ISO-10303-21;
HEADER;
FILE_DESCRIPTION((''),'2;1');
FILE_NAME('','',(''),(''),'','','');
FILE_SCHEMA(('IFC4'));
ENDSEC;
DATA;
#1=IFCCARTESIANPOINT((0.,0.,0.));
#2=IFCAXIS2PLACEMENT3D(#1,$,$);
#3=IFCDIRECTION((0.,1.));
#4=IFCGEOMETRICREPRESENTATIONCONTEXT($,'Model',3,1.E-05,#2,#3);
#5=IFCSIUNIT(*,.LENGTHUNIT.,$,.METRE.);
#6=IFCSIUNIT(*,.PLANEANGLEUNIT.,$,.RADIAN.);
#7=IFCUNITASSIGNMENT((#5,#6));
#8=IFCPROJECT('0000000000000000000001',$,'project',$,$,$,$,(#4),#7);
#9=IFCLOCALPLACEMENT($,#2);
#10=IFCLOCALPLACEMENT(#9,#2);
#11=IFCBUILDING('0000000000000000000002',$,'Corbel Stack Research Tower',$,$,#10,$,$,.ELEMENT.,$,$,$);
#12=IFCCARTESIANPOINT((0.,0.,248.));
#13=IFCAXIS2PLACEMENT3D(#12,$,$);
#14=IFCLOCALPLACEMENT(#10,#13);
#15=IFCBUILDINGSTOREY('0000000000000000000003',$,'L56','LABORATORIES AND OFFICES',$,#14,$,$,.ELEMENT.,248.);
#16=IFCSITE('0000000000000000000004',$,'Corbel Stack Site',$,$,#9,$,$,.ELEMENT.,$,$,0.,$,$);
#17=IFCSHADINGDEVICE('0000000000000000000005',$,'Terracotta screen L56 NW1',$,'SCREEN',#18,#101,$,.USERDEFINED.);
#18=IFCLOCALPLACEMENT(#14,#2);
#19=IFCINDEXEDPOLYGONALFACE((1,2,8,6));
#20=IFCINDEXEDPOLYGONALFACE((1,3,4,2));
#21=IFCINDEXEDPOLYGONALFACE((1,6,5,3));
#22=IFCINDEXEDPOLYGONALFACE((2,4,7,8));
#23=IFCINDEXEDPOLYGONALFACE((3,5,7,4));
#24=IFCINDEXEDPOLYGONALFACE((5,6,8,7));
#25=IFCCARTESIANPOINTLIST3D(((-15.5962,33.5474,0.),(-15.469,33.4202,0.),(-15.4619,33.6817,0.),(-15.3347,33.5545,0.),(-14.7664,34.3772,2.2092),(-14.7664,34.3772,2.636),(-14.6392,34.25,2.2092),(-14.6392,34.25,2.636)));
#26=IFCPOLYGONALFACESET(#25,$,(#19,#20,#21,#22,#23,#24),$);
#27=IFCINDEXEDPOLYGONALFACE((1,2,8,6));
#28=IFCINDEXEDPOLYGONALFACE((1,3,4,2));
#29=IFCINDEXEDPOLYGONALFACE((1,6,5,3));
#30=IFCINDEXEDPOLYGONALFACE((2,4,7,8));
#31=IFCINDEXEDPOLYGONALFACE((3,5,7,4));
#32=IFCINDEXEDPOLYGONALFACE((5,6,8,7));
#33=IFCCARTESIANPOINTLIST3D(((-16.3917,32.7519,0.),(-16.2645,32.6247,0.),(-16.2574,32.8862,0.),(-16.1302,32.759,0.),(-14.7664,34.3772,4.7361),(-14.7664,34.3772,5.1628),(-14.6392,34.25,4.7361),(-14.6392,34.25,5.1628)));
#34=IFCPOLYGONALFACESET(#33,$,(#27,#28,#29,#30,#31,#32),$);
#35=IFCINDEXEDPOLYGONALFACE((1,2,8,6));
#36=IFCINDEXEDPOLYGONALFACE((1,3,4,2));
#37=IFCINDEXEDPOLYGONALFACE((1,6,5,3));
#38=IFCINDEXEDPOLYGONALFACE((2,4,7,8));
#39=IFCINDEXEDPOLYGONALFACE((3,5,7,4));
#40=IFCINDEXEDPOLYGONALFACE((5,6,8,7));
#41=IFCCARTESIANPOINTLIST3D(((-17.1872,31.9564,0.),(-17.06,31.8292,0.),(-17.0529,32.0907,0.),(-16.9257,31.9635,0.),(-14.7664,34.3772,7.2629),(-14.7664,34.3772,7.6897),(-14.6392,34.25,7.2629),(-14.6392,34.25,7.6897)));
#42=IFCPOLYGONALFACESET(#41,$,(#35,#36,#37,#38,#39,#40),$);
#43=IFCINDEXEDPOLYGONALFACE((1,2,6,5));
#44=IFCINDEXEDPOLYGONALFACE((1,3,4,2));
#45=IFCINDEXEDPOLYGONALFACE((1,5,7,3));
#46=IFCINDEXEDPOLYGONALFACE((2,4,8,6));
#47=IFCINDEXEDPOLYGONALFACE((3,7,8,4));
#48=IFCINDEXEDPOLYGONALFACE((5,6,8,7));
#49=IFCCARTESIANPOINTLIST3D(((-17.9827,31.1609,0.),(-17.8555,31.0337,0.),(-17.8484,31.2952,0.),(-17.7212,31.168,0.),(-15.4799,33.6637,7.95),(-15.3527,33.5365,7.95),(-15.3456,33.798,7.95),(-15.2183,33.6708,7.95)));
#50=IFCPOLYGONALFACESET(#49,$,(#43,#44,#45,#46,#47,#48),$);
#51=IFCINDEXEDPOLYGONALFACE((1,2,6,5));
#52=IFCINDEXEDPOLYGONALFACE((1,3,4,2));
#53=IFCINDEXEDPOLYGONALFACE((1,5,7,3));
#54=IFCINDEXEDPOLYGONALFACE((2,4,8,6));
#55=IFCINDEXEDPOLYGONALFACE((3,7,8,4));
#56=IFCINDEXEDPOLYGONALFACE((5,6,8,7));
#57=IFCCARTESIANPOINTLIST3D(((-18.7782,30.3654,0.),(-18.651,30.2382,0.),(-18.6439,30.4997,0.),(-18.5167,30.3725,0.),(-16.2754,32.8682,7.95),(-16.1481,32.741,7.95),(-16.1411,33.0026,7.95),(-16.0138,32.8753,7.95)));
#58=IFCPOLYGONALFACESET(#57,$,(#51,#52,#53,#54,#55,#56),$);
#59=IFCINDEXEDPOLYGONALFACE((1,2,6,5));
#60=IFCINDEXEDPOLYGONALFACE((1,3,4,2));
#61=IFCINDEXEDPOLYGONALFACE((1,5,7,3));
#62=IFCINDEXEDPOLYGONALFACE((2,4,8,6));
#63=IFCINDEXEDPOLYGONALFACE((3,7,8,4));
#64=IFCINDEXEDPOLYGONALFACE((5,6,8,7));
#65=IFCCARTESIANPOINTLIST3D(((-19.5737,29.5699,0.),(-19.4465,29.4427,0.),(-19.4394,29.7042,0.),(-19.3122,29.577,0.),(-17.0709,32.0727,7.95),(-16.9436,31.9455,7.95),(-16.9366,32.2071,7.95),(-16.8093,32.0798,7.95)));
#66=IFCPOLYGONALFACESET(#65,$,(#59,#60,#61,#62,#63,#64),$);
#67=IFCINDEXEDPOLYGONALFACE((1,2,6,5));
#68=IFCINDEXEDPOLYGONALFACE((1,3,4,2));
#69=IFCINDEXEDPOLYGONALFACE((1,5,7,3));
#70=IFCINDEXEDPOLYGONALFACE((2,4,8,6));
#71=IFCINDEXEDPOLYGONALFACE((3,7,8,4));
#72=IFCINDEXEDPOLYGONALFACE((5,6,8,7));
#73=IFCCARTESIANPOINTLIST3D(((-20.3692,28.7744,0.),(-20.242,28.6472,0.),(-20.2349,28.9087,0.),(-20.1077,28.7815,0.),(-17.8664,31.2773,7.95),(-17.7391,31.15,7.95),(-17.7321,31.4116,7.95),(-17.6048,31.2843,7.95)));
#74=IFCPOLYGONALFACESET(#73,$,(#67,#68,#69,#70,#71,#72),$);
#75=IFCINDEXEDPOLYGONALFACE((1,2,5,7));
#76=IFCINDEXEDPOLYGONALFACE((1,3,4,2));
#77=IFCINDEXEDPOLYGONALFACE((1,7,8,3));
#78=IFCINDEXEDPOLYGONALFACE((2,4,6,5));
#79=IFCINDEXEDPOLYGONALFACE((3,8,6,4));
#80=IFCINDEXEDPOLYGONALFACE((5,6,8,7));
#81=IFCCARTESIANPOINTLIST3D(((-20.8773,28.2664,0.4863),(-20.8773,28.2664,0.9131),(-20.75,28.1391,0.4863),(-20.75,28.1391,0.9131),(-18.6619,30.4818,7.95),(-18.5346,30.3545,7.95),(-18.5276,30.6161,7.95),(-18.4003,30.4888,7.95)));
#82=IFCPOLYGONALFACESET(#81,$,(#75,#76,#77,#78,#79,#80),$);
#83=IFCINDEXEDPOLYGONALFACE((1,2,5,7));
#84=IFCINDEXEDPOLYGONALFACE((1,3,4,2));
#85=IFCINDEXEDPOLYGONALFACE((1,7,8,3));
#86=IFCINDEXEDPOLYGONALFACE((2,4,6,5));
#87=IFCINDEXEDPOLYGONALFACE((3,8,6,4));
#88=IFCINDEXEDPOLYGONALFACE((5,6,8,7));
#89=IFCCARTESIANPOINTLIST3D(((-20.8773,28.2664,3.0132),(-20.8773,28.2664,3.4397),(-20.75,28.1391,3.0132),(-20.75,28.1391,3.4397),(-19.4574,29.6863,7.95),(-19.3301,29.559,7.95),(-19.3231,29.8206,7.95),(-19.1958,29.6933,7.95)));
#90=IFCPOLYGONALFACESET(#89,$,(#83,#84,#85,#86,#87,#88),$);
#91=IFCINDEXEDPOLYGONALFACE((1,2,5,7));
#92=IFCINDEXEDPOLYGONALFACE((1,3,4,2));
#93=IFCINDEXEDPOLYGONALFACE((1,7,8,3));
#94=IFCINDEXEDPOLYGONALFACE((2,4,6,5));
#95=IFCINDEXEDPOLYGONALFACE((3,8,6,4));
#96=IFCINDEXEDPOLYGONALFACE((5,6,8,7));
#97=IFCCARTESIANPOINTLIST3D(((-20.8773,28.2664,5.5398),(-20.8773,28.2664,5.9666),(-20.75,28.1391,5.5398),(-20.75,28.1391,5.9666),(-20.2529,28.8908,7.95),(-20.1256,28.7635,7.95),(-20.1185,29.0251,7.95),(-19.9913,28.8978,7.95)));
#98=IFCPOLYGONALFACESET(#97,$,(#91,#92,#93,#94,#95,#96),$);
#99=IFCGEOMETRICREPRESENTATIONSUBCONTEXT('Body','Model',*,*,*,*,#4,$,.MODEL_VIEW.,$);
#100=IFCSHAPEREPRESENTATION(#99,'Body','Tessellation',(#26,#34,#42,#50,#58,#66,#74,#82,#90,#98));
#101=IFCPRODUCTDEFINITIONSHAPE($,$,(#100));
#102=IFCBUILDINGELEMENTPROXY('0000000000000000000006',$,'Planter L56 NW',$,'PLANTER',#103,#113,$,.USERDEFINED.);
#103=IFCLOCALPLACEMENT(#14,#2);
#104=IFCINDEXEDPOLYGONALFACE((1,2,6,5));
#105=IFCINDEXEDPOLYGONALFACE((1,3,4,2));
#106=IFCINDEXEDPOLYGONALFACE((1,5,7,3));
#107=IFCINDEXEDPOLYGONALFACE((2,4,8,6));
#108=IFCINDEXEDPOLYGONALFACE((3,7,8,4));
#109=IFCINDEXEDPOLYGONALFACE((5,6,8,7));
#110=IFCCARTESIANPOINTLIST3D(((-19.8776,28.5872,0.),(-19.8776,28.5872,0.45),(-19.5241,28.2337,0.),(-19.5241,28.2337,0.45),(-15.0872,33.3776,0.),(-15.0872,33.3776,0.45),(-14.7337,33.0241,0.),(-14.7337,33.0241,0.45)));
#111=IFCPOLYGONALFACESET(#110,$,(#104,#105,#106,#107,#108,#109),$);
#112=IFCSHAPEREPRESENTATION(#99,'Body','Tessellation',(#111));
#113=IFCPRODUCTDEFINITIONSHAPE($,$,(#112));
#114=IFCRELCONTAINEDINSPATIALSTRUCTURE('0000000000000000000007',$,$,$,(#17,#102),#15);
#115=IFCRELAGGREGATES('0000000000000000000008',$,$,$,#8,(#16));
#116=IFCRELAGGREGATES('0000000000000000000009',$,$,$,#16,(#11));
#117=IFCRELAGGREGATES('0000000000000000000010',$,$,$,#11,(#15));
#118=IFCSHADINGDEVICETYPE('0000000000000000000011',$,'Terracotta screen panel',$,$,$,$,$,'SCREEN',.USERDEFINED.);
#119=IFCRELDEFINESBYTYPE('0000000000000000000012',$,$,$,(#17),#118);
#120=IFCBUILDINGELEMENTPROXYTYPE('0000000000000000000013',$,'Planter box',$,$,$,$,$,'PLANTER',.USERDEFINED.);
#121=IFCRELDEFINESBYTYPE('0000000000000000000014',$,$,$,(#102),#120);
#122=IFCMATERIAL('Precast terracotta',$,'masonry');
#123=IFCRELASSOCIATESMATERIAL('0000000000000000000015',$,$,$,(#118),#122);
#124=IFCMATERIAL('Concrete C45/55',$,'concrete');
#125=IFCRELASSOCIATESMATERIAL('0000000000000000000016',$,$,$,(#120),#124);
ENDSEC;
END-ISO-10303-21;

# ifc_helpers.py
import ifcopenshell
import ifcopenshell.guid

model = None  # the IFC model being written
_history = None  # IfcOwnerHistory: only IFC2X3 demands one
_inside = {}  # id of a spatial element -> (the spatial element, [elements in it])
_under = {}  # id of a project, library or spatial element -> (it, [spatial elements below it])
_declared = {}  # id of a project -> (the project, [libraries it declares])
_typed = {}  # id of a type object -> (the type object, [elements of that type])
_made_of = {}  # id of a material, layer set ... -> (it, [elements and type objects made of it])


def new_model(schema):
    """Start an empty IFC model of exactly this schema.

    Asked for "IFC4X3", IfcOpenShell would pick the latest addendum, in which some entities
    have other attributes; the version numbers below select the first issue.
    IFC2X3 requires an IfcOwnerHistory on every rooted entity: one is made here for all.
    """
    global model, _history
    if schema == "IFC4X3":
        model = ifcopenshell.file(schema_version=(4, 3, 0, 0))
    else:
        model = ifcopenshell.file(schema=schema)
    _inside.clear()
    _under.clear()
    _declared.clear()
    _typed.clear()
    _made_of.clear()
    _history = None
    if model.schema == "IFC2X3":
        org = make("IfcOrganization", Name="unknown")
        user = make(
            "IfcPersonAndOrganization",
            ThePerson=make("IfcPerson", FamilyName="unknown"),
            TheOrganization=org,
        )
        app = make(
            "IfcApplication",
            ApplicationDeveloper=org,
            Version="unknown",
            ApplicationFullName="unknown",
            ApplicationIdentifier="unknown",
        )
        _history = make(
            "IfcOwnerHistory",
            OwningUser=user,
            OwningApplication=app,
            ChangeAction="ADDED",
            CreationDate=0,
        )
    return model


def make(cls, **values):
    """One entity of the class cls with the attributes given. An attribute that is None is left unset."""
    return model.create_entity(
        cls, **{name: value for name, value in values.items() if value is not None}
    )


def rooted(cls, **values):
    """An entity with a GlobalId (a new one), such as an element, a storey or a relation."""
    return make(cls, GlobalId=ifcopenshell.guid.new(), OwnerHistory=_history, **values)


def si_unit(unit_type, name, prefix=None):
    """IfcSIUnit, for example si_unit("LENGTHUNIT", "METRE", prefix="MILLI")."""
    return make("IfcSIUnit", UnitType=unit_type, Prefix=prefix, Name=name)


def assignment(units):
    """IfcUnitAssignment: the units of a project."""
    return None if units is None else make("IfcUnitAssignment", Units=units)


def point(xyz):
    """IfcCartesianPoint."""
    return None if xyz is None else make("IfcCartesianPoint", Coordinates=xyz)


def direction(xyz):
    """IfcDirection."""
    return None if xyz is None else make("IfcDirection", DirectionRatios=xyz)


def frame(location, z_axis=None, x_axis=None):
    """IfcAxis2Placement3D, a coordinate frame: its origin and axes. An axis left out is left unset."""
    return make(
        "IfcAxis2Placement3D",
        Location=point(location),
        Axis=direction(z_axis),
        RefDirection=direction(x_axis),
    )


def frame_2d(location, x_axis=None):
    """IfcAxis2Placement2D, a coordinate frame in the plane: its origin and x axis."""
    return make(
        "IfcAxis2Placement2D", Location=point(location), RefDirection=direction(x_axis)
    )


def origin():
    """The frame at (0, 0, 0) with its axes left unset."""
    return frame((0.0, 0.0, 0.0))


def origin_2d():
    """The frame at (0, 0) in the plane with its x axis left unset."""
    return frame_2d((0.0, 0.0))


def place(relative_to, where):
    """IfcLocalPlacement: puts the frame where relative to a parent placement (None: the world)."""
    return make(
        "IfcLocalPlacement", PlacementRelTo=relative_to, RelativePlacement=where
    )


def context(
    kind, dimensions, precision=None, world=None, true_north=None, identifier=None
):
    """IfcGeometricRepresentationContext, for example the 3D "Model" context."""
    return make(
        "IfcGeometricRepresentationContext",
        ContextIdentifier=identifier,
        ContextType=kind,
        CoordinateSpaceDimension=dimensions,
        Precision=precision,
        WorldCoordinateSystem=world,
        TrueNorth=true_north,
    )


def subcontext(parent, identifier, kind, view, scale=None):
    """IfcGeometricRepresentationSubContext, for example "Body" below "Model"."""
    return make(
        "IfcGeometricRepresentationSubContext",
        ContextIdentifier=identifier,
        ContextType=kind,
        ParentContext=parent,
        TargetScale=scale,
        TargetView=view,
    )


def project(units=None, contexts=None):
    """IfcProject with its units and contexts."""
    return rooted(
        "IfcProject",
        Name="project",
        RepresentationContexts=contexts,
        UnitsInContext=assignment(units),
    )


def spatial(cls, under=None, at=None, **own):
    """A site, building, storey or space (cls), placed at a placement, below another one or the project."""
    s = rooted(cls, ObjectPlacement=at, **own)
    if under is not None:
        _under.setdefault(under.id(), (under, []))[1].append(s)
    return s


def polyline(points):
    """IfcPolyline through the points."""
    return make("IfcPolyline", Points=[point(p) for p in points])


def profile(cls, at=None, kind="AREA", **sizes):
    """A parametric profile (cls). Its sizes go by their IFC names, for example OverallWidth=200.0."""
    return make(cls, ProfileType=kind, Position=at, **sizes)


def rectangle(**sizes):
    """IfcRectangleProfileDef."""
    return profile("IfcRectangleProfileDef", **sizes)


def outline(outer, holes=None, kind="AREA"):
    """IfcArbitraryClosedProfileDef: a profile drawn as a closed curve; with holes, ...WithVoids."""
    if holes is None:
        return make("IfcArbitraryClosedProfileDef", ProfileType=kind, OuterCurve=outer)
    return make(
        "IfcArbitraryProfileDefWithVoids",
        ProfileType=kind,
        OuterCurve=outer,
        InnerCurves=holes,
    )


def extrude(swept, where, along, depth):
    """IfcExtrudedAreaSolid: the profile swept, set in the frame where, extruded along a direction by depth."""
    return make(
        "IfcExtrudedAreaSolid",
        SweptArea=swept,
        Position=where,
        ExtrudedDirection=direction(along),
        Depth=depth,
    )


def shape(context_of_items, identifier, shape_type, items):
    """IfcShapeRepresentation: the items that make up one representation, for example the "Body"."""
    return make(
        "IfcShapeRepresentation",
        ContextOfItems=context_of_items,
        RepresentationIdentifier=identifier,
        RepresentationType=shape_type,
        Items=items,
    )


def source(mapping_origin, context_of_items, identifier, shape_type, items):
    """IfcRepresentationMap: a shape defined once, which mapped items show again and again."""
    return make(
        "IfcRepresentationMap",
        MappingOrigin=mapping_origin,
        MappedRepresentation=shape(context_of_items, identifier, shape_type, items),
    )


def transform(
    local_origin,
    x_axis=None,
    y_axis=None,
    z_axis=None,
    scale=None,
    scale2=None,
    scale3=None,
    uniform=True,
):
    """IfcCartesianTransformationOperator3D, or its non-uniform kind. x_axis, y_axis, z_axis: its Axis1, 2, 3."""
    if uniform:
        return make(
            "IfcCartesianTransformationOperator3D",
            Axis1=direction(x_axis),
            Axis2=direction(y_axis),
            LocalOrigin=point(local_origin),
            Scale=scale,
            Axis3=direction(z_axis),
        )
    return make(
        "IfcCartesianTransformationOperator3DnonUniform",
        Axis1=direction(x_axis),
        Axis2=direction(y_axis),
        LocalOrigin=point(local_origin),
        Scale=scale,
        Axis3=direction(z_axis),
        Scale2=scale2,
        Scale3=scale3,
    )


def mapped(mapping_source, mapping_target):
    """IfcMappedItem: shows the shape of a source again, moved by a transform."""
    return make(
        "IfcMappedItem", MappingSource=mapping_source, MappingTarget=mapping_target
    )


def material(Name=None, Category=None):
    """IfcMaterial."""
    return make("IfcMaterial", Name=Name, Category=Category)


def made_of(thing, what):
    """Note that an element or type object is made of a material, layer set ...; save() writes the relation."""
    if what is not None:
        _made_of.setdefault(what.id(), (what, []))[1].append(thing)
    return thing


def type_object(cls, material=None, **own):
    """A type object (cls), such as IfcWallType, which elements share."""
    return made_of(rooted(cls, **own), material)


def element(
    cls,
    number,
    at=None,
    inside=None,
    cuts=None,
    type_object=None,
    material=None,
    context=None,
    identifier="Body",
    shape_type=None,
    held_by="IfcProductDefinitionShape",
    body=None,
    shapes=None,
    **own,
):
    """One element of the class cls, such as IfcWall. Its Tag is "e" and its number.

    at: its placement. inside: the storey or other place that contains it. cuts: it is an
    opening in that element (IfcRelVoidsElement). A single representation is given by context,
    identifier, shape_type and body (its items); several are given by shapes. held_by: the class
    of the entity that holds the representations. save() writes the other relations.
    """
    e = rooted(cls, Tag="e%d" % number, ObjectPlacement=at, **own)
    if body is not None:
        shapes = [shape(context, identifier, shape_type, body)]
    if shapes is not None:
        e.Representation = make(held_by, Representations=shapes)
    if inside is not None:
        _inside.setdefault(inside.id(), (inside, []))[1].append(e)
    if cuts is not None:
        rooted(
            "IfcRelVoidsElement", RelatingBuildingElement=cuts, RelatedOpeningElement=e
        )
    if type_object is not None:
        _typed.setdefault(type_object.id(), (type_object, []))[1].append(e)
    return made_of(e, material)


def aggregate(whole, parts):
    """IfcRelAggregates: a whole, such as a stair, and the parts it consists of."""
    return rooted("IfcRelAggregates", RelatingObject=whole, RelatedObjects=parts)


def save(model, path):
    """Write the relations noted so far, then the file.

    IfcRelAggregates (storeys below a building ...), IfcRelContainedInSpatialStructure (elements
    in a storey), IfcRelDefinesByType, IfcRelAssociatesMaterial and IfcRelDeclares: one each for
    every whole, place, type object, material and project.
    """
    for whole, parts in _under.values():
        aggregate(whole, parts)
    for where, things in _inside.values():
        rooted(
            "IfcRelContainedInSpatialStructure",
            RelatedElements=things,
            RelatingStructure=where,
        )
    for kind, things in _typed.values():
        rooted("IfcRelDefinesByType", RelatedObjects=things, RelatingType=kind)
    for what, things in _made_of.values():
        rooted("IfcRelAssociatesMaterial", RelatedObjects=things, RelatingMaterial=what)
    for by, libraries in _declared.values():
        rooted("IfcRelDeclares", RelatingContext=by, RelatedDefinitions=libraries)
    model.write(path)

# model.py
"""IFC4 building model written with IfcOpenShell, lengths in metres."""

from ifc_helpers import new_model, si_unit, direction, frame, origin, origin_2d, place, context, subcontext, project, spatial, polyline, rectangle, outline, extrude, source, transform, mapped, material, type_object, element, save


model = new_model("IFC4")

# Units and contexts
model_context = context("Model", 3, precision=1e-05, world=origin(), true_north=direction((0.0, 1.0)))
body_context = subcontext(model_context, "Body", "Model", "MODEL_VIEW")
ifc_project = project(units=[si_unit("LENGTHUNIT", "METRE"), si_unit("PLANEANGLEUNIT", "RADIAN")], contexts=[model_context])

# Site, building, storey
site_placement = place(None, origin())
site = spatial("IfcSite", under=ifc_project, at=site_placement, Name="Corbel Stack Site", CompositionType="ELEMENT", RefElevation=0.0)
building_placement = place(site_placement, origin())
building = spatial("IfcBuilding", under=site, at=building_placement, Name="Corbel Stack Research Tower", CompositionType="ELEMENT")
storey_placement = place(building_placement, frame((0.0, 0.0, 248.0)))
storey = spatial("IfcBuildingStorey", under=building, at=storey_placement, Name="L56", Description="LABORATORIES AND OFFICES", CompositionType="ELEMENT", Elevation=248.0)

# Shading device
ifc_material_1 = material(Name="Precast terracotta", Category="masonry")
shading_device_type = type_object("IfcShadingDeviceType", Name="Terracotta screen panel", ElementType="SCREEN", PredefinedType="USERDEFINED", material=ifc_material_1)
shared_shape_1 = source(origin(), body_context, "Body", "SweptSolid", [
    extrude(outline(polyline([(1.1736, 0.0), (0.0, 2.636), (0.0, 2.2092), (0.9836, 0.0), (1.1736, 0.0)])), frame((0.0, 0.0, 0.0), z_axis=(0.0, -1.0, 0.0), x_axis=(1.0, 0.0, 0.0)), (0.0, 0.0, 1.0), 0.1799),
    extrude(outline(polyline([(2.2986, 0.0), (0.0, 5.1628), (0.0, 4.7361), (2.1086, 0.0), (2.2986, 0.0)])), frame((0.0, 0.0, 0.0), z_axis=(0.0, -1.0, 0.0), x_axis=(1.0, 0.0, 0.0)), (0.0, 0.0, 1.0), 0.1799),
    extrude(outline(polyline([(3.4236, 0.0), (0.0, 7.6897), (0.0, 7.2629), (3.2336, 0.0), (3.4236, 0.0)])), frame((0.0, 0.0, 0.0), z_axis=(0.0, -1.0, 0.0), x_axis=(1.0, 0.0, 0.0)), (0.0, 0.0, 1.0), 0.1799),
    extrude(outline(polyline([(4.5486, 0.0), (1.009, 7.95), (0.8191, 7.95), (4.3586, 0.0), (4.5486, 0.0)])), frame((0.0, 0.0, 0.0), z_axis=(0.0, -1.0, 0.0), x_axis=(1.0, 0.0, 0.0)), (0.0, 0.0, 1.0), 0.1799),
    extrude(outline(polyline([(5.6736, 0.0), (2.134, 7.95), (1.9441, 7.95), (5.4836, 0.0), (5.6736, 0.0)])), frame((0.0, 0.0, 0.0), z_axis=(0.0, -1.0, 0.0), x_axis=(1.0, 0.0, 0.0)), (0.0, 0.0, 1.0), 0.1799),
    extrude(outline(polyline([(6.7986, 0.0), (3.259, 7.95), (3.0691, 7.95), (6.6086, 0.0), (6.7986, 0.0)])), frame((0.0, 0.0, 0.0), z_axis=(0.0, -1.0, 0.0), x_axis=(1.0, 0.0, 0.0)), (0.0, 0.0, 1.0), 0.1799),
    extrude(outline(polyline([(7.9236, 0.0), (4.384, 7.95), (4.1941, 7.95), (7.7336, 0.0), (7.9236, 0.0)])), frame((0.0, 0.0, 0.0), z_axis=(0.0, -1.0, 0.0), x_axis=(1.0, 0.0, 0.0)), (0.0, 0.0, 1.0), 0.1799),
    extrude(outline(polyline([(5.509, 7.95), (5.3191, 7.95), (8.6421, 0.4863), (8.6421, 0.9131), (5.509, 7.95)])), frame((0.0, 0.0, 0.0), z_axis=(0.0, -1.0, 0.0), x_axis=(1.0, 0.0, 0.0)), (0.0, 0.0, 1.0), 0.1799),
    extrude(outline(polyline([(6.634, 7.95), (6.4441, 7.95), (8.6421, 3.0132), (8.6421, 3.4397), (6.634, 7.95)])), frame((0.0, 0.0, 0.0), z_axis=(0.0, -1.0, 0.0), x_axis=(1.0, 0.0, 0.0)), (0.0, 0.0, 1.0), 0.1799),
    extrude(outline(polyline([(7.759, 7.95), (7.5691, 7.95), (8.6421, 5.5398), (8.6421, 5.9666), (7.759, 7.95)])), frame((0.0, 0.0, 0.0), z_axis=(0.0, -1.0, 0.0), x_axis=(1.0, 0.0, 0.0)), (0.0, 0.0, 1.0), 0.1799),
])
shading_device_1_placement = place(storey_placement, frame((-14.6392, 34.25, 0.0), z_axis=(0.0, 0.0, 1.0), x_axis=(-0.707107, -0.707107, 0.0)))
element("IfcShadingDevice", 1, at=shading_device_1_placement, inside=storey, type_object=shading_device_type, Name="Terracotta screen L56 NW1", ObjectType="SCREEN", PredefinedType="USERDEFINED", context=body_context, shape_type="MappedRepresentation", body=[
    mapped(shared_shape_1, transform((0.0, 0.0, 0.0))),
])

# Building element proxy
ifc_material_2 = material(Name="Concrete C45/55", Category="concrete")
building_element_proxy_type = type_object("IfcBuildingElementProxyType", Name="Planter box", ElementType="PLANTER", PredefinedType="USERDEFINED", material=ifc_material_2)
proxy_placement = place(storey_placement, frame((-17.3057, 30.8057, 0.0), z_axis=(0.0, 0.0, 1.0), x_axis=(-0.707107, -0.707107, 0.0)))
element("IfcBuildingElementProxy", 2, at=proxy_placement, inside=storey, type_object=building_element_proxy_type, Name="Planter L56 NW", ObjectType="PLANTER", PredefinedType="USERDEFINED", context=body_context, shape_type="SweptSolid", body=[
    extrude(rectangle(XDim=6.7747, YDim=0.5, at=origin_2d()), origin(), (0.0, 0.0, 1.0), 0.45),
])

save(model, "model.ifc")
